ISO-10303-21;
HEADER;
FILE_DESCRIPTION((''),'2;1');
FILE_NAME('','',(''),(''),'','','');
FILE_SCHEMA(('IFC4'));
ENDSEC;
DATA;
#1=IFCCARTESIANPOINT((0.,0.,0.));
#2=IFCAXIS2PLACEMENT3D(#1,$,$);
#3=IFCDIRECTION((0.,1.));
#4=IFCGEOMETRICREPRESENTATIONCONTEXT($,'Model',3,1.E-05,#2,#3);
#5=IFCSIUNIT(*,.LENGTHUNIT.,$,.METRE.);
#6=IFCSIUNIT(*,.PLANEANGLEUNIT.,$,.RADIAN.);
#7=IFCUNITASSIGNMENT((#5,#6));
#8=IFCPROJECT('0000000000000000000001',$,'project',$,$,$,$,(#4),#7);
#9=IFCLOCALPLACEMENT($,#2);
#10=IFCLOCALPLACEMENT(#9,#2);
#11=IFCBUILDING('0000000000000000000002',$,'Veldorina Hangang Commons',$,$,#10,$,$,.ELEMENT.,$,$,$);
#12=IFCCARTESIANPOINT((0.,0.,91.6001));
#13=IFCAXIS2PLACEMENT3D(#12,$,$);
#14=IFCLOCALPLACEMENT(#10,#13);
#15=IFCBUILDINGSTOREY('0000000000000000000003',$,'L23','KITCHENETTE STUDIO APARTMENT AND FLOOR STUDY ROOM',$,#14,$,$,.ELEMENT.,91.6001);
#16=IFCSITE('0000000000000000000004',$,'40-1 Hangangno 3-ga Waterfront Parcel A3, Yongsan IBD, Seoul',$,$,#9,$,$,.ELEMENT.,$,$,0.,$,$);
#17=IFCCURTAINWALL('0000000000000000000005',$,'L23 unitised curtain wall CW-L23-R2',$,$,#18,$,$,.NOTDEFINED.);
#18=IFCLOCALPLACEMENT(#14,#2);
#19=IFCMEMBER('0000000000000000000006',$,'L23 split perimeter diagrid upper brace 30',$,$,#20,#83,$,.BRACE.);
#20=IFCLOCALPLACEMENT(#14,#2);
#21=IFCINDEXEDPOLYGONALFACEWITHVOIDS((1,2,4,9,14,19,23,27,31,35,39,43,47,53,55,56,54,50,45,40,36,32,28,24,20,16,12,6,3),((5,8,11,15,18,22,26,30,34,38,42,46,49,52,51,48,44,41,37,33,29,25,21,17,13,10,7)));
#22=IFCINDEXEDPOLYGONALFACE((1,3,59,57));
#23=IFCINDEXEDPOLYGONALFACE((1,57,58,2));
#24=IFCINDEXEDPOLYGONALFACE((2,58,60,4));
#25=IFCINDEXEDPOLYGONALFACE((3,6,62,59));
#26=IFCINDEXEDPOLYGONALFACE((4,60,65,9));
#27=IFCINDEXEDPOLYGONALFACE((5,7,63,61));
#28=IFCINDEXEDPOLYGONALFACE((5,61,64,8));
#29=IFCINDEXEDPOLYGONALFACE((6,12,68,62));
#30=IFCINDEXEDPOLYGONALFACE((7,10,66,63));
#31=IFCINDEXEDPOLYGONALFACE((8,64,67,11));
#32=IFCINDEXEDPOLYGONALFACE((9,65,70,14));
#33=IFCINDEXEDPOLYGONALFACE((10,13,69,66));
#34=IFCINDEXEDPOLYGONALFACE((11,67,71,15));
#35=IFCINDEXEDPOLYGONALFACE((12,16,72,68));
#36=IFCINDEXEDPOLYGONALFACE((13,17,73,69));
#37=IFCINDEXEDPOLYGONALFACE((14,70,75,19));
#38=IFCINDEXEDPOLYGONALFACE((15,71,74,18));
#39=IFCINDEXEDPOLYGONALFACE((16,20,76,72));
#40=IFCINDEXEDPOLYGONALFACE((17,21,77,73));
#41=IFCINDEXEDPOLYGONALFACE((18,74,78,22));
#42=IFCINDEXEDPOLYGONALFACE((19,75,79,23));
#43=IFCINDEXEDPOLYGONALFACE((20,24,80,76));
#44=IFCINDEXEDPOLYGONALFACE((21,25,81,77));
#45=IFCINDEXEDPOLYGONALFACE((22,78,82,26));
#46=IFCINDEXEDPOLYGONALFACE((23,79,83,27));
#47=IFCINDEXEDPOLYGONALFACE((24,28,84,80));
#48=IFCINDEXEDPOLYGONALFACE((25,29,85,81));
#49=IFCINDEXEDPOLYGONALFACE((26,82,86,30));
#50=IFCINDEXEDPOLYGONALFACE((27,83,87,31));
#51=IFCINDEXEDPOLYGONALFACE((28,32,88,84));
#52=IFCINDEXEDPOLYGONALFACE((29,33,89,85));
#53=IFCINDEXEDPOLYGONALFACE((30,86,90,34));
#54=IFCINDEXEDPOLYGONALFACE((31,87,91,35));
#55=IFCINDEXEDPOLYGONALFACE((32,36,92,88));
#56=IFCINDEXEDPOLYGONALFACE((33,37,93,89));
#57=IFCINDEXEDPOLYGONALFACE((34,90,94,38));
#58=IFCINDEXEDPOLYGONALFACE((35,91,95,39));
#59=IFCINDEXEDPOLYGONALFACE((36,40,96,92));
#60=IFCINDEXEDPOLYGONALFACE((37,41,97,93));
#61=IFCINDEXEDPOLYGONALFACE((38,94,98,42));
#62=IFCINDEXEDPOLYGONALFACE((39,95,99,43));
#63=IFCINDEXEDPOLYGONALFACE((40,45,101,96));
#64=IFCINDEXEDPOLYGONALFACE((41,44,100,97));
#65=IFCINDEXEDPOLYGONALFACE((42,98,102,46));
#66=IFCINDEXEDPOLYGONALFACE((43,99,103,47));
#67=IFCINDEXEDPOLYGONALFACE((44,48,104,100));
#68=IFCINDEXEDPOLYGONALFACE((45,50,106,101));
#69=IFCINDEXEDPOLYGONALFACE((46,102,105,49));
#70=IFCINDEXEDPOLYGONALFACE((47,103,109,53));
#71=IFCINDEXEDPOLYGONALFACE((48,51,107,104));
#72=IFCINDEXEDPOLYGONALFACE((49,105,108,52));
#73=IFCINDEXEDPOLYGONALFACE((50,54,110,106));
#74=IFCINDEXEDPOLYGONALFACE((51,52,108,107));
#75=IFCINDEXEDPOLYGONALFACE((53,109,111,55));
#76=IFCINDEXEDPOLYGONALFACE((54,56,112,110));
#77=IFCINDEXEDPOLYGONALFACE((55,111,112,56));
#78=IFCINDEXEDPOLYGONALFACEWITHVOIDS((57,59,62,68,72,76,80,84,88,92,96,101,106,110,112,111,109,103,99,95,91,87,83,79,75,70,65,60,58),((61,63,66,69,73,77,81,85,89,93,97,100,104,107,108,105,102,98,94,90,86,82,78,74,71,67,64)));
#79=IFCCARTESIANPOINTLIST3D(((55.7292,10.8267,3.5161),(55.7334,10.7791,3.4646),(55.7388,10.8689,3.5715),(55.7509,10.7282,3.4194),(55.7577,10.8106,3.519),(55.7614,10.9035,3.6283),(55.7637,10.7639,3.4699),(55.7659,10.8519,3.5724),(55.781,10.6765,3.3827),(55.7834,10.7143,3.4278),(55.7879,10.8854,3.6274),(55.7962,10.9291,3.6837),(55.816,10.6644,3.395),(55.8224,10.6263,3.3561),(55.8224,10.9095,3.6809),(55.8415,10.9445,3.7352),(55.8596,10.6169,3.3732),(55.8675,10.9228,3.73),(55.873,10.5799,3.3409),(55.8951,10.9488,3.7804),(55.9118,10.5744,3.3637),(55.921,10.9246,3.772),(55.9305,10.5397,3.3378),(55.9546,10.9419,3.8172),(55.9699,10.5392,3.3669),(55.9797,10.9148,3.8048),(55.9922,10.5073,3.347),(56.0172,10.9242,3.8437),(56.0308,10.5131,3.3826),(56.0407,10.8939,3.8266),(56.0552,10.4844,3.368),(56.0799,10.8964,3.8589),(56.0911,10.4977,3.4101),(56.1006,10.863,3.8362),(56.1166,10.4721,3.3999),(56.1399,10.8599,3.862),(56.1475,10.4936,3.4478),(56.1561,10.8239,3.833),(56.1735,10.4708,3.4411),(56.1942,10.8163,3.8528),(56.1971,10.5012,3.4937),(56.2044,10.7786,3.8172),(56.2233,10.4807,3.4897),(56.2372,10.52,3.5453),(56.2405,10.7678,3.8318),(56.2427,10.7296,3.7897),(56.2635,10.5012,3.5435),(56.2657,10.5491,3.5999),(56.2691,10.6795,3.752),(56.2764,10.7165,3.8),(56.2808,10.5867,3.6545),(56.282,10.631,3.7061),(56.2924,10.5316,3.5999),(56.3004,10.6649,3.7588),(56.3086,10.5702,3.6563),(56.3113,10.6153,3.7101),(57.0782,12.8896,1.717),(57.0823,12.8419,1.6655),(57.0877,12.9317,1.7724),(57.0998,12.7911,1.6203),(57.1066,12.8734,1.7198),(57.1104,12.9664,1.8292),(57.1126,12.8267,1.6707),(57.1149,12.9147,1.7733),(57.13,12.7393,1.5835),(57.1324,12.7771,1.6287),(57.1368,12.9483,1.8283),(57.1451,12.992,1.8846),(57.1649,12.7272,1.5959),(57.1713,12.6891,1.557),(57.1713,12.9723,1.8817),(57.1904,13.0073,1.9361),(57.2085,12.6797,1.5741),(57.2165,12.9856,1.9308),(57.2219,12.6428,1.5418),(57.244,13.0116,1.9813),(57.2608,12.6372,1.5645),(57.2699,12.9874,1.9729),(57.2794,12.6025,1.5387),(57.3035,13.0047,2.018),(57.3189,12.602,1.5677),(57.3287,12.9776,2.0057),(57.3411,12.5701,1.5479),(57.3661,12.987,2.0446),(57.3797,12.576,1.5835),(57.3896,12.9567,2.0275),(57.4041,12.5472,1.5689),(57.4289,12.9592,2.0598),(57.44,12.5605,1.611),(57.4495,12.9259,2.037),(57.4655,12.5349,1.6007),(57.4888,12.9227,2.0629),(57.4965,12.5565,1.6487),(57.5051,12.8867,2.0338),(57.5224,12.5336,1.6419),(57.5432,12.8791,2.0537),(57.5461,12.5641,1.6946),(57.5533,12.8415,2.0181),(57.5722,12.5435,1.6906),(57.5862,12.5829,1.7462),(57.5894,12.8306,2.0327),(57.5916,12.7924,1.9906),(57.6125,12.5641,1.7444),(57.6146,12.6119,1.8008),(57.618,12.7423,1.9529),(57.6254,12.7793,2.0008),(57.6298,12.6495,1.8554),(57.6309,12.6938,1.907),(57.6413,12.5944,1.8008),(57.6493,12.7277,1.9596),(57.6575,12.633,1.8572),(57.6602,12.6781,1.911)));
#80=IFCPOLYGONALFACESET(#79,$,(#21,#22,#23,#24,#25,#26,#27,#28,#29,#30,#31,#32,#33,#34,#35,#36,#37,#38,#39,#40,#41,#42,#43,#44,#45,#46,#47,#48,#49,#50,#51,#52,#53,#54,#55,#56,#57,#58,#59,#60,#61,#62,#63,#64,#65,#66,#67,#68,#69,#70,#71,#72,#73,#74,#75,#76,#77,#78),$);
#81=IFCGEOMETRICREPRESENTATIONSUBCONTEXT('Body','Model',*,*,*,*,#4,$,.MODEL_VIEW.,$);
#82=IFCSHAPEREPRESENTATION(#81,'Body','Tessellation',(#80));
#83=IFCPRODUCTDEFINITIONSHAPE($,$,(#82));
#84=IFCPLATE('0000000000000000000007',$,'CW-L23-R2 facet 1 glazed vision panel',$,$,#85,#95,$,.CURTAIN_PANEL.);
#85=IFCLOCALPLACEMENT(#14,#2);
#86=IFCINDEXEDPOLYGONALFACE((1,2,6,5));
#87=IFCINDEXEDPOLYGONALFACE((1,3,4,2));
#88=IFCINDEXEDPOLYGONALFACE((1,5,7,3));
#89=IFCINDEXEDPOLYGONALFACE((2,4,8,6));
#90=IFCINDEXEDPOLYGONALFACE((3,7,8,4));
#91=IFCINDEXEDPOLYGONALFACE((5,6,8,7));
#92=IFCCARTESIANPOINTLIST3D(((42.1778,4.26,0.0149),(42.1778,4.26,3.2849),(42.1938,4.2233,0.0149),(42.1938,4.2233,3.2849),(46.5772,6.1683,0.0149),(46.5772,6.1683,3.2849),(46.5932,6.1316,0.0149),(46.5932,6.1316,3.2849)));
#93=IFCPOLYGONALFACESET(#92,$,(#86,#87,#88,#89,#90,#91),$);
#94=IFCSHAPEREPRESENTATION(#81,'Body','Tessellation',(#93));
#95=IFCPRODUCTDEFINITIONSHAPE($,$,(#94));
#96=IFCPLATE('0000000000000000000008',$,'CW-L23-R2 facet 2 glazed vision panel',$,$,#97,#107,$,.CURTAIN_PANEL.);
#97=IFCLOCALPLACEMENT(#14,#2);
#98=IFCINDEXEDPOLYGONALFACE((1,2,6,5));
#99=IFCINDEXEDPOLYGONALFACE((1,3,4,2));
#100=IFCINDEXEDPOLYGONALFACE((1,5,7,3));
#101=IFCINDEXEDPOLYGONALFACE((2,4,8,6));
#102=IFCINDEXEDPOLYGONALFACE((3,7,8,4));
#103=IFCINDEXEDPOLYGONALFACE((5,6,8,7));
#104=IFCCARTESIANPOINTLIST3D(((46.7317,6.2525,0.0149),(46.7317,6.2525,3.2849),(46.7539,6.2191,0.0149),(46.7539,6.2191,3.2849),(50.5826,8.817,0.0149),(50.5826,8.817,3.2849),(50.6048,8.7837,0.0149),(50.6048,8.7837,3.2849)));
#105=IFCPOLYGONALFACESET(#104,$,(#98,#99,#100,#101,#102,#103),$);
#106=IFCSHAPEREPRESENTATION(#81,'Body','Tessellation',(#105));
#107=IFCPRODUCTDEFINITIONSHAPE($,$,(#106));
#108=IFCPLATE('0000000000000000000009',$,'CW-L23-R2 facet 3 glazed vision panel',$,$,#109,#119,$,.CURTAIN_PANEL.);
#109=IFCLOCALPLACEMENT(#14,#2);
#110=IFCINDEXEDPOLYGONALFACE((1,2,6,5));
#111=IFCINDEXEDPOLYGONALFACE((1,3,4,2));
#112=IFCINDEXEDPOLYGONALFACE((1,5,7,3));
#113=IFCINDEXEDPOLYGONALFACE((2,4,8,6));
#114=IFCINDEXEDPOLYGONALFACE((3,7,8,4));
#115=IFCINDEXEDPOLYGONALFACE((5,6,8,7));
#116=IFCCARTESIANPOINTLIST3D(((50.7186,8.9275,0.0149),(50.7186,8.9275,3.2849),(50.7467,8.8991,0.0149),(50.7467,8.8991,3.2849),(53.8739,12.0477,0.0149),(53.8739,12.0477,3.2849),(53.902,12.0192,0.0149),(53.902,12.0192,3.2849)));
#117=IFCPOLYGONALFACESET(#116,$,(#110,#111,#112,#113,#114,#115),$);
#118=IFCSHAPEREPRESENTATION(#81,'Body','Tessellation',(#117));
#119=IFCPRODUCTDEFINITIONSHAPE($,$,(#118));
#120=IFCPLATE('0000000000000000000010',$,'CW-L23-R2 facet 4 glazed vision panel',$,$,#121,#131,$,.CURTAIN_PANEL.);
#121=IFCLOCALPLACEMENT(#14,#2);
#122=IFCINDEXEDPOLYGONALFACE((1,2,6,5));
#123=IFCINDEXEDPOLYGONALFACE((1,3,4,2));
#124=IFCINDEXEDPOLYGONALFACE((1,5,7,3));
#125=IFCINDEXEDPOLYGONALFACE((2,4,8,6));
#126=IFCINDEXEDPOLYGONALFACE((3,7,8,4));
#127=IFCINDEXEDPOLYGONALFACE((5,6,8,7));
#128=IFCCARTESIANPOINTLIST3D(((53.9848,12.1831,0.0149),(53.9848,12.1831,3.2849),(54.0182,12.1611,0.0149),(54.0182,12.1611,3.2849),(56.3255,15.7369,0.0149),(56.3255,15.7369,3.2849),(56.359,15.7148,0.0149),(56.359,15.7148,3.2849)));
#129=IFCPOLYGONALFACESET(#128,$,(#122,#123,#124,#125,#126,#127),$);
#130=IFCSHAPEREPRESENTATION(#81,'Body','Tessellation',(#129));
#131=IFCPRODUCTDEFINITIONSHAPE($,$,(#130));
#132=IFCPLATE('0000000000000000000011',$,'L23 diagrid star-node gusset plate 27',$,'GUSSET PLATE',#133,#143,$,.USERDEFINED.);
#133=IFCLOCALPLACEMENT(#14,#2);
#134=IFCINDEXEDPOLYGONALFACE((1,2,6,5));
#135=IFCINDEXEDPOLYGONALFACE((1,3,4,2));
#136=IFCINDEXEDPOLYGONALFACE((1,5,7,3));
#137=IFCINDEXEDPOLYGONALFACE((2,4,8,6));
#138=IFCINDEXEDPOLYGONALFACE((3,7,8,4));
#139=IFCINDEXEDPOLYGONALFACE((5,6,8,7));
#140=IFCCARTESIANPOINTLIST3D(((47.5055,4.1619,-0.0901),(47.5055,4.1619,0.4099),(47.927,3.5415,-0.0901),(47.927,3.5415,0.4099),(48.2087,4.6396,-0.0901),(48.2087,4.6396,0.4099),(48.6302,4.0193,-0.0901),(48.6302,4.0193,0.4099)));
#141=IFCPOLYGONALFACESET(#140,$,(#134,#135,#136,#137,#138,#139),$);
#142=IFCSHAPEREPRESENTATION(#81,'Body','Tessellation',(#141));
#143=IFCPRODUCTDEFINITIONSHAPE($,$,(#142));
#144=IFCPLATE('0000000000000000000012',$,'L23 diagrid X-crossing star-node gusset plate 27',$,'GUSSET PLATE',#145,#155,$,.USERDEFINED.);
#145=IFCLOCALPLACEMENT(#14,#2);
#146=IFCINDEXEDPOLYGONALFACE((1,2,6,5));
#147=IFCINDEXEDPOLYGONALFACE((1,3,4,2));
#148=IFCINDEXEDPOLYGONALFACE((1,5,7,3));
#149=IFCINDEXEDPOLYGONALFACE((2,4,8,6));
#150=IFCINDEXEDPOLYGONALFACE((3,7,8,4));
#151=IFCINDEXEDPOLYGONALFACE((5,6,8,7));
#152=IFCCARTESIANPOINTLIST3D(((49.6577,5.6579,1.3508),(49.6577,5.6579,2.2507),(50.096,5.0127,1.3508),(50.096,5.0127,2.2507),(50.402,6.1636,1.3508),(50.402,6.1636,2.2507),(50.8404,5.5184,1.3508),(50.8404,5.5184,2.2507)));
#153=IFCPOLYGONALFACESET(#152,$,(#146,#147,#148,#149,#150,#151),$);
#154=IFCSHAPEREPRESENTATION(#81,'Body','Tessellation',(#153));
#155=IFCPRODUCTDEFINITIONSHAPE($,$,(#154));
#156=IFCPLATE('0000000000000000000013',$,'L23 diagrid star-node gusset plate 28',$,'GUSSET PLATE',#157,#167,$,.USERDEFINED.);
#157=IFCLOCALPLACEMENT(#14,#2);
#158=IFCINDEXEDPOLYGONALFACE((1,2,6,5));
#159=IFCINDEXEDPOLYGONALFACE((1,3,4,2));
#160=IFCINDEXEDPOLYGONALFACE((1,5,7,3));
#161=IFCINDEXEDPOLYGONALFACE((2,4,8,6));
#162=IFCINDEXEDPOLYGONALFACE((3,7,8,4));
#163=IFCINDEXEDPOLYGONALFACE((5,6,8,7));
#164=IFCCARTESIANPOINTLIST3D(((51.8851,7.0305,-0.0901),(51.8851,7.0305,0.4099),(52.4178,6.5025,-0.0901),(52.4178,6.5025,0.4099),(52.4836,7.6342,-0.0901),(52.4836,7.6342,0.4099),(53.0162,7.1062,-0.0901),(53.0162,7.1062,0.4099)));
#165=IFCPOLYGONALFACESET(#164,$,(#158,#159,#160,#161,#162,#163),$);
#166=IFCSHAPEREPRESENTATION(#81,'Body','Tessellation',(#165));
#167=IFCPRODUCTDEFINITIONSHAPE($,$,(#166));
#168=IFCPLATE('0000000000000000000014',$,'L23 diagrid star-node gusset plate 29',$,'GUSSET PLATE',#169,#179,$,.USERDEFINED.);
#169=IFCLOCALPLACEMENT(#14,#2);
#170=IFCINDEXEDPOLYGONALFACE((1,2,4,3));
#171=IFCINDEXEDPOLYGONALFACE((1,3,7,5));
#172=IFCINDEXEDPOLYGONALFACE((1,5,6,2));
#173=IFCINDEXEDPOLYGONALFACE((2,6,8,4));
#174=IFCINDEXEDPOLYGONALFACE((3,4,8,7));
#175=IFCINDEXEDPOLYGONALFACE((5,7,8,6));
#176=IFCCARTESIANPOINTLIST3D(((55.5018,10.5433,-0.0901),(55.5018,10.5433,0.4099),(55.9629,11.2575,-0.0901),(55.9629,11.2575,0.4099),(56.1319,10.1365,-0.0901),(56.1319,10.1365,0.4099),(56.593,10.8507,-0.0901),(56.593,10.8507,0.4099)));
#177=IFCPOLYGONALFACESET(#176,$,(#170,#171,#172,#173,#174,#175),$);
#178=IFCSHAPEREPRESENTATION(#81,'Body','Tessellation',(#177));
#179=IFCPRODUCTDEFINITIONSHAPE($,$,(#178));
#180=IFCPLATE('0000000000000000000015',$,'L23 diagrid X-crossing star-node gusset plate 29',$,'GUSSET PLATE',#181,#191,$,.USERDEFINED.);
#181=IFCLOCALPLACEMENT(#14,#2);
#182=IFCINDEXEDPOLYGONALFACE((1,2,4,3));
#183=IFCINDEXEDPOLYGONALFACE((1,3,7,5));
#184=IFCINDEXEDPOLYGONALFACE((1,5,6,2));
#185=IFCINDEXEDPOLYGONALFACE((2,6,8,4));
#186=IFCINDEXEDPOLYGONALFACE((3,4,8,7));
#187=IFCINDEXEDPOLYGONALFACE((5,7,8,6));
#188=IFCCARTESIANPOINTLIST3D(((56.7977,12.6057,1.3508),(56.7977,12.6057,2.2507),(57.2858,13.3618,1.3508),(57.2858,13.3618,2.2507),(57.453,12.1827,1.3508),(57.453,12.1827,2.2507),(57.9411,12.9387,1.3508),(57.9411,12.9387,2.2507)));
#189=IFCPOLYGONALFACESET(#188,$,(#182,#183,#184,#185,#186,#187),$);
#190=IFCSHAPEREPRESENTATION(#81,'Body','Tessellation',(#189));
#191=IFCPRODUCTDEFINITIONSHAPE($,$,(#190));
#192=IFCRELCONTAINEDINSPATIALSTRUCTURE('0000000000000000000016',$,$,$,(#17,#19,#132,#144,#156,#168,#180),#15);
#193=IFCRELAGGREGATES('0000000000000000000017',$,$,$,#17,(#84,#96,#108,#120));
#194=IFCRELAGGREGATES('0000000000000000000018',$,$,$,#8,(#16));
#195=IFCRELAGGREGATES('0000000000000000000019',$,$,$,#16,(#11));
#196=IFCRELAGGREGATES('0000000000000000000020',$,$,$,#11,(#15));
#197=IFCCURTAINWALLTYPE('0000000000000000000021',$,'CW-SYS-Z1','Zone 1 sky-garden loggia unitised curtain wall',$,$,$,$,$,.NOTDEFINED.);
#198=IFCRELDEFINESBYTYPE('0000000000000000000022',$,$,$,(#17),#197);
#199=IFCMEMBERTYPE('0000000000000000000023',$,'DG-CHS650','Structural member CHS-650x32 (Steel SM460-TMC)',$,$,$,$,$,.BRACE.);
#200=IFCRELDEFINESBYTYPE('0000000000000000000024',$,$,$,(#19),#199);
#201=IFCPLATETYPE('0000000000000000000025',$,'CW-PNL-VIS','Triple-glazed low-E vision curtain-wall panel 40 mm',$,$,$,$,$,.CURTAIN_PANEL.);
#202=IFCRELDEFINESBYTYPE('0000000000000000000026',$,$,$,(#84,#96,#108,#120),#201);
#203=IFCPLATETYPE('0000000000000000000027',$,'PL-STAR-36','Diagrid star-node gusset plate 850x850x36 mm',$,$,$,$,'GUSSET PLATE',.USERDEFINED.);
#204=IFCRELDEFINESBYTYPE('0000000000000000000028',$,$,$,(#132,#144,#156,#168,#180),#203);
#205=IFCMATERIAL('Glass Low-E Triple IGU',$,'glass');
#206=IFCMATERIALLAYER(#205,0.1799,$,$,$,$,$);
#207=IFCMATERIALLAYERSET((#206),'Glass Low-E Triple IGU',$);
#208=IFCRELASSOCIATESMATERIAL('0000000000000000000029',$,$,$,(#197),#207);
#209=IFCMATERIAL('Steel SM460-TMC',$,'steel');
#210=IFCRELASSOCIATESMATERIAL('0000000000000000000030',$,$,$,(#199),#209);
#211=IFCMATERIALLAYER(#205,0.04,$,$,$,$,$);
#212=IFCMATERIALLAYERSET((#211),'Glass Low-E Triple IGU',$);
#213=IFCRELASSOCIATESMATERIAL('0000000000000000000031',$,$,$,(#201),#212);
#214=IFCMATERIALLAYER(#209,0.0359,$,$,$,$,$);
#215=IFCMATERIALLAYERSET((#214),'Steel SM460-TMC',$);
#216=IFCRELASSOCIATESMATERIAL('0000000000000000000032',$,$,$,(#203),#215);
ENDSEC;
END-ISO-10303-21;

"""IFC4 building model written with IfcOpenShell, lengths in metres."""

from ifc_helpers import new_model, si_unit, direction, frame, origin, origin_2d, place, context, subcontext, project, spatial, rectangle, hollow_circle, extrude, material, layer, layer_set, material_profile, profile_set, type_object, element, aggregate, save


model = new_model("IFC4")

# Units and contexts
model_context = context("Model", 3, precision=1e-05, world=origin(), true_north=direction((0.0, 1.0)))
body_context = subcontext(model_context, "Body", "Model", "MODEL_VIEW")
ifc_project = project(units=[si_unit("LENGTHUNIT", "METRE"), si_unit("PLANEANGLEUNIT", "RADIAN")], contexts=[model_context])

# Site, building, storey
site_placement = place(None, origin())
site = spatial("IfcSite", under=ifc_project, at=site_placement, Name="40-1 Hangangno 3-ga Waterfront Parcel A3, Yongsan IBD, Seoul", CompositionType="ELEMENT", RefElevation=0.0)
building_placement = place(site_placement, origin())
building = spatial("IfcBuilding", under=site, at=building_placement, Name="Veldorina Hangang Commons", CompositionType="ELEMENT")
storey_placement = place(building_placement, frame((0.0, 0.0, 91.6001)))
storey = spatial("IfcBuildingStorey", under=building, at=storey_placement, Name="L23", Description="KITCHENETTE STUDIO APARTMENT AND FLOOR STUDY ROOM", CompositionType="ELEMENT", Elevation=91.6001)

# Curtain wall
ifc_material_1 = material(Name="Glass Low-E Triple IGU", Category="glass")
ifc_layer_1 = layer(ifc_material_1, 0.1799)
ifc_layer_set_1 = layer_set([ifc_layer_1], Name="Glass Low-E Triple IGU")
curtain_wall_type = type_object("IfcCurtainWallType", Name="CW-SYS-Z1", Description="Zone 1 sky-garden loggia unitised curtain wall", PredefinedType="NOTDEFINED", material=ifc_layer_set_1)
curtain_wall_placement = place(storey_placement, origin())
curtain_wall = element("IfcCurtainWall", 1, at=curtain_wall_placement, inside=storey, type_object=curtain_wall_type, Name="L23 unitised curtain wall CW-L23-R2", PredefinedType="NOTDEFINED")

# Member
ifc_material_2 = material(Name="Steel SM460-TMC", Category="steel")
ifc_material_profile_1 = material_profile(ifc_material_2, hollow_circle(Radius=0.325, WallThickness=0.032, at=origin_2d()), Name="CHS-650x32")
ifc_profile_set_1 = profile_set([ifc_material_profile_1], Name="Steel SM460-TMC")
member_type_1 = type_object("IfcMemberType", Name="DG-CHS650", Description="Structural member CHS-650x32 (Steel SM460-TMC)", PredefinedType="BRACE", material=ifc_profile_set_1)
member_1_placement = place(storey_placement, frame((57.3694, 12.7722, 1.8008), z_axis=(-0.442052, -0.675999, 0.589589), x_axis=(0.83694, -0.547295, 0.0)))
element("IfcMember", 2, at=member_1_placement, inside=storey, type_object=member_type_1, Name="L23 split perimeter diagrid upper brace 30", PredefinedType="BRACE", context=body_context, shape_type="SweptSolid", body=[
    extrude(hollow_circle(Radius=0.325, WallThickness=0.032, at=origin_2d()), origin(), (0.0, 0.0, 1.0), 3.0515),
])

# Plates
ifc_layer_2 = layer(ifc_material_1, 0.04)
ifc_layer_set_2 = layer_set([ifc_layer_2], Name="Glass Low-E Triple IGU")
plate_type_1 = type_object("IfcPlateType", Name="CW-PNL-VIS", Description="Triple-glazed low-E vision curtain-wall panel 40 mm", PredefinedType="CURTAIN_PANEL", material=ifc_layer_set_2)
plate_1_placement = place(storey_placement, frame((44.3855, 5.1958, 0.0149), z_axis=(0.0, 0.0, 1.0), x_axis=(0.917415, 0.397933, 0.0)))
plate_1 = element("IfcPlate", 3, at=plate_1_placement, type_object=plate_type_1, Name="CW-L23-R2 facet 1 glazed vision panel", PredefinedType="CURTAIN_PANEL", context=body_context, shape_type="SweptSolid", body=[
    extrude(rectangle(XDim=4.7954, YDim=0.04, at=origin_2d()), origin(), (0.0, 0.0, 1.0), 3.27),
])
plate_2_placement = place(storey_placement, frame((48.6682, 7.5181, 0.0149), z_axis=(0.0, 0.0, 1.0), x_axis=(0.832322, 0.554293, 0.0)))
plate_2 = element("IfcPlate", 4, at=plate_2_placement, type_object=plate_type_1, Name="CW-L23-R2 facet 2 glazed vision panel", PredefinedType="CURTAIN_PANEL", context=body_context, shape_type="SweptSolid", body=[
    extrude(rectangle(XDim=4.6267, YDim=0.04, at=origin_2d()), origin(), (0.0, 0.0, 1.0), 3.27),
])
plate_3_placement = place(storey_placement, frame((52.3103, 10.4734, 0.0149), z_axis=(0.0, 0.0, 1.0), x_axis=(0.711057, 0.703134, 0.0)))
plate_3 = element("IfcPlate", 5, at=plate_3_placement, type_object=plate_type_1, Name="CW-L23-R2 facet 3 glazed vision panel", PredefinedType="CURTAIN_PANEL", context=body_context, shape_type="SweptSolid", body=[
    extrude(rectangle(XDim=4.4375, YDim=0.04, at=origin_2d()), origin(), (0.0, 0.0, 1.0), 3.27),
])
plate_4_placement = place(storey_placement, frame((55.1719, 13.949, 0.0149), z_axis=(0.0, 0.0, 1.0), x_axis=(0.550073, 0.835117, 0.0)))
plate_4 = element("IfcPlate", 6, at=plate_4_placement, type_object=plate_type_1, Name="CW-L23-R2 facet 4 glazed vision panel", PredefinedType="CURTAIN_PANEL", context=body_context, shape_type="SweptSolid", body=[
    extrude(rectangle(XDim=4.2554, YDim=0.04, at=origin_2d()), origin(), (0.0, 0.0, 1.0), 3.27),
])
aggregate(curtain_wall, [plate_1, plate_2, plate_3, plate_4])

# Plates
ifc_layer_3 = layer(ifc_material_2, 0.0359)
ifc_layer_set_3 = layer_set([ifc_layer_3], Name="Steel SM460-TMC")
plate_type_2 = type_object("IfcPlateType", Name="PL-STAR-36", Description="Diagrid star-node gusset plate 850x850x36 mm", ElementType="GUSSET PLATE", PredefinedType="USERDEFINED", material=ifc_layer_set_3)
plate_5_placement = place(storey_placement, frame((48.0679, 4.0906, -0.0901), z_axis=(0.0, 0.0, 1.0), x_axis=(0.827139, 0.561997, 0.0)))
element("IfcPlate", 7, at=plate_5_placement, inside=storey, type_object=plate_type_2, Name="L23 diagrid star-node gusset plate 27", ObjectType="GUSSET PLATE", PredefinedType="USERDEFINED", context=body_context, shape_type="SweptSolid", body=[
    extrude(rectangle(XDim=0.8501, YDim=0.75, at=origin_2d()), origin(), (0.0, 0.0, 1.0), 0.5),
])
plate_6_placement = place(storey_placement, frame((50.249, 5.5881, 1.3508), z_axis=(0.0, 0.0, 1.0), x_axis=(0.827139, 0.561997, 0.0)))
element("IfcPlate", 8, at=plate_6_placement, inside=storey, type_object=plate_type_2, Name="L23 diagrid X-crossing star-node gusset plate 27", ObjectType="GUSSET PLATE", PredefinedType="USERDEFINED", context=body_context, shape_type="SweptSolid", body=[
    extrude(rectangle(XDim=0.8999, YDim=0.78, at=origin_2d()), origin(), (0.0, 0.0, 1.0), 0.8999),
])
for number, where, z_axis, x_axis, name in (
    (9, (52.4507, 7.0684, -0.0901), (0.0, 0.0, 1.0), (0.703978, 0.710222, 0.0), "L23 diagrid star-node gusset plate 28"),
    (10, (56.0474, 10.697, -0.0901), (0.0, 0.0, 1.0), (0.542398, 0.840122, 0.0), "L23 diagrid star-node gusset plate 29"),
):
    element("IfcPlate", number, at=place(storey_placement, frame(where, z_axis=z_axis, x_axis=x_axis)), inside=storey, type_object=plate_type_2, Name=name, ObjectType="GUSSET PLATE", PredefinedType="USERDEFINED", context=body_context, shape_type="SweptSolid", body=[
        extrude(rectangle(XDim=0.8501, YDim=0.75, at=origin_2d()), origin(), (0.0, 0.0, 1.0), 0.5),
    ])
plate_7_placement = place(storey_placement, frame((57.3694, 12.7722, 1.3508), z_axis=(0.0, 0.0, 1.0), x_axis=(0.542398, 0.840122, 0.0)))
element("IfcPlate", 11, at=plate_7_placement, inside=storey, type_object=plate_type_2, Name="L23 diagrid X-crossing star-node gusset plate 29", ObjectType="GUSSET PLATE", PredefinedType="USERDEFINED", context=body_context, shape_type="SweptSolid", body=[
    extrude(rectangle(XDim=0.8999, YDim=0.78, at=origin_2d()), origin(), (0.0, 0.0, 1.0), 0.8999),
])

save(model, "model.ifc")
